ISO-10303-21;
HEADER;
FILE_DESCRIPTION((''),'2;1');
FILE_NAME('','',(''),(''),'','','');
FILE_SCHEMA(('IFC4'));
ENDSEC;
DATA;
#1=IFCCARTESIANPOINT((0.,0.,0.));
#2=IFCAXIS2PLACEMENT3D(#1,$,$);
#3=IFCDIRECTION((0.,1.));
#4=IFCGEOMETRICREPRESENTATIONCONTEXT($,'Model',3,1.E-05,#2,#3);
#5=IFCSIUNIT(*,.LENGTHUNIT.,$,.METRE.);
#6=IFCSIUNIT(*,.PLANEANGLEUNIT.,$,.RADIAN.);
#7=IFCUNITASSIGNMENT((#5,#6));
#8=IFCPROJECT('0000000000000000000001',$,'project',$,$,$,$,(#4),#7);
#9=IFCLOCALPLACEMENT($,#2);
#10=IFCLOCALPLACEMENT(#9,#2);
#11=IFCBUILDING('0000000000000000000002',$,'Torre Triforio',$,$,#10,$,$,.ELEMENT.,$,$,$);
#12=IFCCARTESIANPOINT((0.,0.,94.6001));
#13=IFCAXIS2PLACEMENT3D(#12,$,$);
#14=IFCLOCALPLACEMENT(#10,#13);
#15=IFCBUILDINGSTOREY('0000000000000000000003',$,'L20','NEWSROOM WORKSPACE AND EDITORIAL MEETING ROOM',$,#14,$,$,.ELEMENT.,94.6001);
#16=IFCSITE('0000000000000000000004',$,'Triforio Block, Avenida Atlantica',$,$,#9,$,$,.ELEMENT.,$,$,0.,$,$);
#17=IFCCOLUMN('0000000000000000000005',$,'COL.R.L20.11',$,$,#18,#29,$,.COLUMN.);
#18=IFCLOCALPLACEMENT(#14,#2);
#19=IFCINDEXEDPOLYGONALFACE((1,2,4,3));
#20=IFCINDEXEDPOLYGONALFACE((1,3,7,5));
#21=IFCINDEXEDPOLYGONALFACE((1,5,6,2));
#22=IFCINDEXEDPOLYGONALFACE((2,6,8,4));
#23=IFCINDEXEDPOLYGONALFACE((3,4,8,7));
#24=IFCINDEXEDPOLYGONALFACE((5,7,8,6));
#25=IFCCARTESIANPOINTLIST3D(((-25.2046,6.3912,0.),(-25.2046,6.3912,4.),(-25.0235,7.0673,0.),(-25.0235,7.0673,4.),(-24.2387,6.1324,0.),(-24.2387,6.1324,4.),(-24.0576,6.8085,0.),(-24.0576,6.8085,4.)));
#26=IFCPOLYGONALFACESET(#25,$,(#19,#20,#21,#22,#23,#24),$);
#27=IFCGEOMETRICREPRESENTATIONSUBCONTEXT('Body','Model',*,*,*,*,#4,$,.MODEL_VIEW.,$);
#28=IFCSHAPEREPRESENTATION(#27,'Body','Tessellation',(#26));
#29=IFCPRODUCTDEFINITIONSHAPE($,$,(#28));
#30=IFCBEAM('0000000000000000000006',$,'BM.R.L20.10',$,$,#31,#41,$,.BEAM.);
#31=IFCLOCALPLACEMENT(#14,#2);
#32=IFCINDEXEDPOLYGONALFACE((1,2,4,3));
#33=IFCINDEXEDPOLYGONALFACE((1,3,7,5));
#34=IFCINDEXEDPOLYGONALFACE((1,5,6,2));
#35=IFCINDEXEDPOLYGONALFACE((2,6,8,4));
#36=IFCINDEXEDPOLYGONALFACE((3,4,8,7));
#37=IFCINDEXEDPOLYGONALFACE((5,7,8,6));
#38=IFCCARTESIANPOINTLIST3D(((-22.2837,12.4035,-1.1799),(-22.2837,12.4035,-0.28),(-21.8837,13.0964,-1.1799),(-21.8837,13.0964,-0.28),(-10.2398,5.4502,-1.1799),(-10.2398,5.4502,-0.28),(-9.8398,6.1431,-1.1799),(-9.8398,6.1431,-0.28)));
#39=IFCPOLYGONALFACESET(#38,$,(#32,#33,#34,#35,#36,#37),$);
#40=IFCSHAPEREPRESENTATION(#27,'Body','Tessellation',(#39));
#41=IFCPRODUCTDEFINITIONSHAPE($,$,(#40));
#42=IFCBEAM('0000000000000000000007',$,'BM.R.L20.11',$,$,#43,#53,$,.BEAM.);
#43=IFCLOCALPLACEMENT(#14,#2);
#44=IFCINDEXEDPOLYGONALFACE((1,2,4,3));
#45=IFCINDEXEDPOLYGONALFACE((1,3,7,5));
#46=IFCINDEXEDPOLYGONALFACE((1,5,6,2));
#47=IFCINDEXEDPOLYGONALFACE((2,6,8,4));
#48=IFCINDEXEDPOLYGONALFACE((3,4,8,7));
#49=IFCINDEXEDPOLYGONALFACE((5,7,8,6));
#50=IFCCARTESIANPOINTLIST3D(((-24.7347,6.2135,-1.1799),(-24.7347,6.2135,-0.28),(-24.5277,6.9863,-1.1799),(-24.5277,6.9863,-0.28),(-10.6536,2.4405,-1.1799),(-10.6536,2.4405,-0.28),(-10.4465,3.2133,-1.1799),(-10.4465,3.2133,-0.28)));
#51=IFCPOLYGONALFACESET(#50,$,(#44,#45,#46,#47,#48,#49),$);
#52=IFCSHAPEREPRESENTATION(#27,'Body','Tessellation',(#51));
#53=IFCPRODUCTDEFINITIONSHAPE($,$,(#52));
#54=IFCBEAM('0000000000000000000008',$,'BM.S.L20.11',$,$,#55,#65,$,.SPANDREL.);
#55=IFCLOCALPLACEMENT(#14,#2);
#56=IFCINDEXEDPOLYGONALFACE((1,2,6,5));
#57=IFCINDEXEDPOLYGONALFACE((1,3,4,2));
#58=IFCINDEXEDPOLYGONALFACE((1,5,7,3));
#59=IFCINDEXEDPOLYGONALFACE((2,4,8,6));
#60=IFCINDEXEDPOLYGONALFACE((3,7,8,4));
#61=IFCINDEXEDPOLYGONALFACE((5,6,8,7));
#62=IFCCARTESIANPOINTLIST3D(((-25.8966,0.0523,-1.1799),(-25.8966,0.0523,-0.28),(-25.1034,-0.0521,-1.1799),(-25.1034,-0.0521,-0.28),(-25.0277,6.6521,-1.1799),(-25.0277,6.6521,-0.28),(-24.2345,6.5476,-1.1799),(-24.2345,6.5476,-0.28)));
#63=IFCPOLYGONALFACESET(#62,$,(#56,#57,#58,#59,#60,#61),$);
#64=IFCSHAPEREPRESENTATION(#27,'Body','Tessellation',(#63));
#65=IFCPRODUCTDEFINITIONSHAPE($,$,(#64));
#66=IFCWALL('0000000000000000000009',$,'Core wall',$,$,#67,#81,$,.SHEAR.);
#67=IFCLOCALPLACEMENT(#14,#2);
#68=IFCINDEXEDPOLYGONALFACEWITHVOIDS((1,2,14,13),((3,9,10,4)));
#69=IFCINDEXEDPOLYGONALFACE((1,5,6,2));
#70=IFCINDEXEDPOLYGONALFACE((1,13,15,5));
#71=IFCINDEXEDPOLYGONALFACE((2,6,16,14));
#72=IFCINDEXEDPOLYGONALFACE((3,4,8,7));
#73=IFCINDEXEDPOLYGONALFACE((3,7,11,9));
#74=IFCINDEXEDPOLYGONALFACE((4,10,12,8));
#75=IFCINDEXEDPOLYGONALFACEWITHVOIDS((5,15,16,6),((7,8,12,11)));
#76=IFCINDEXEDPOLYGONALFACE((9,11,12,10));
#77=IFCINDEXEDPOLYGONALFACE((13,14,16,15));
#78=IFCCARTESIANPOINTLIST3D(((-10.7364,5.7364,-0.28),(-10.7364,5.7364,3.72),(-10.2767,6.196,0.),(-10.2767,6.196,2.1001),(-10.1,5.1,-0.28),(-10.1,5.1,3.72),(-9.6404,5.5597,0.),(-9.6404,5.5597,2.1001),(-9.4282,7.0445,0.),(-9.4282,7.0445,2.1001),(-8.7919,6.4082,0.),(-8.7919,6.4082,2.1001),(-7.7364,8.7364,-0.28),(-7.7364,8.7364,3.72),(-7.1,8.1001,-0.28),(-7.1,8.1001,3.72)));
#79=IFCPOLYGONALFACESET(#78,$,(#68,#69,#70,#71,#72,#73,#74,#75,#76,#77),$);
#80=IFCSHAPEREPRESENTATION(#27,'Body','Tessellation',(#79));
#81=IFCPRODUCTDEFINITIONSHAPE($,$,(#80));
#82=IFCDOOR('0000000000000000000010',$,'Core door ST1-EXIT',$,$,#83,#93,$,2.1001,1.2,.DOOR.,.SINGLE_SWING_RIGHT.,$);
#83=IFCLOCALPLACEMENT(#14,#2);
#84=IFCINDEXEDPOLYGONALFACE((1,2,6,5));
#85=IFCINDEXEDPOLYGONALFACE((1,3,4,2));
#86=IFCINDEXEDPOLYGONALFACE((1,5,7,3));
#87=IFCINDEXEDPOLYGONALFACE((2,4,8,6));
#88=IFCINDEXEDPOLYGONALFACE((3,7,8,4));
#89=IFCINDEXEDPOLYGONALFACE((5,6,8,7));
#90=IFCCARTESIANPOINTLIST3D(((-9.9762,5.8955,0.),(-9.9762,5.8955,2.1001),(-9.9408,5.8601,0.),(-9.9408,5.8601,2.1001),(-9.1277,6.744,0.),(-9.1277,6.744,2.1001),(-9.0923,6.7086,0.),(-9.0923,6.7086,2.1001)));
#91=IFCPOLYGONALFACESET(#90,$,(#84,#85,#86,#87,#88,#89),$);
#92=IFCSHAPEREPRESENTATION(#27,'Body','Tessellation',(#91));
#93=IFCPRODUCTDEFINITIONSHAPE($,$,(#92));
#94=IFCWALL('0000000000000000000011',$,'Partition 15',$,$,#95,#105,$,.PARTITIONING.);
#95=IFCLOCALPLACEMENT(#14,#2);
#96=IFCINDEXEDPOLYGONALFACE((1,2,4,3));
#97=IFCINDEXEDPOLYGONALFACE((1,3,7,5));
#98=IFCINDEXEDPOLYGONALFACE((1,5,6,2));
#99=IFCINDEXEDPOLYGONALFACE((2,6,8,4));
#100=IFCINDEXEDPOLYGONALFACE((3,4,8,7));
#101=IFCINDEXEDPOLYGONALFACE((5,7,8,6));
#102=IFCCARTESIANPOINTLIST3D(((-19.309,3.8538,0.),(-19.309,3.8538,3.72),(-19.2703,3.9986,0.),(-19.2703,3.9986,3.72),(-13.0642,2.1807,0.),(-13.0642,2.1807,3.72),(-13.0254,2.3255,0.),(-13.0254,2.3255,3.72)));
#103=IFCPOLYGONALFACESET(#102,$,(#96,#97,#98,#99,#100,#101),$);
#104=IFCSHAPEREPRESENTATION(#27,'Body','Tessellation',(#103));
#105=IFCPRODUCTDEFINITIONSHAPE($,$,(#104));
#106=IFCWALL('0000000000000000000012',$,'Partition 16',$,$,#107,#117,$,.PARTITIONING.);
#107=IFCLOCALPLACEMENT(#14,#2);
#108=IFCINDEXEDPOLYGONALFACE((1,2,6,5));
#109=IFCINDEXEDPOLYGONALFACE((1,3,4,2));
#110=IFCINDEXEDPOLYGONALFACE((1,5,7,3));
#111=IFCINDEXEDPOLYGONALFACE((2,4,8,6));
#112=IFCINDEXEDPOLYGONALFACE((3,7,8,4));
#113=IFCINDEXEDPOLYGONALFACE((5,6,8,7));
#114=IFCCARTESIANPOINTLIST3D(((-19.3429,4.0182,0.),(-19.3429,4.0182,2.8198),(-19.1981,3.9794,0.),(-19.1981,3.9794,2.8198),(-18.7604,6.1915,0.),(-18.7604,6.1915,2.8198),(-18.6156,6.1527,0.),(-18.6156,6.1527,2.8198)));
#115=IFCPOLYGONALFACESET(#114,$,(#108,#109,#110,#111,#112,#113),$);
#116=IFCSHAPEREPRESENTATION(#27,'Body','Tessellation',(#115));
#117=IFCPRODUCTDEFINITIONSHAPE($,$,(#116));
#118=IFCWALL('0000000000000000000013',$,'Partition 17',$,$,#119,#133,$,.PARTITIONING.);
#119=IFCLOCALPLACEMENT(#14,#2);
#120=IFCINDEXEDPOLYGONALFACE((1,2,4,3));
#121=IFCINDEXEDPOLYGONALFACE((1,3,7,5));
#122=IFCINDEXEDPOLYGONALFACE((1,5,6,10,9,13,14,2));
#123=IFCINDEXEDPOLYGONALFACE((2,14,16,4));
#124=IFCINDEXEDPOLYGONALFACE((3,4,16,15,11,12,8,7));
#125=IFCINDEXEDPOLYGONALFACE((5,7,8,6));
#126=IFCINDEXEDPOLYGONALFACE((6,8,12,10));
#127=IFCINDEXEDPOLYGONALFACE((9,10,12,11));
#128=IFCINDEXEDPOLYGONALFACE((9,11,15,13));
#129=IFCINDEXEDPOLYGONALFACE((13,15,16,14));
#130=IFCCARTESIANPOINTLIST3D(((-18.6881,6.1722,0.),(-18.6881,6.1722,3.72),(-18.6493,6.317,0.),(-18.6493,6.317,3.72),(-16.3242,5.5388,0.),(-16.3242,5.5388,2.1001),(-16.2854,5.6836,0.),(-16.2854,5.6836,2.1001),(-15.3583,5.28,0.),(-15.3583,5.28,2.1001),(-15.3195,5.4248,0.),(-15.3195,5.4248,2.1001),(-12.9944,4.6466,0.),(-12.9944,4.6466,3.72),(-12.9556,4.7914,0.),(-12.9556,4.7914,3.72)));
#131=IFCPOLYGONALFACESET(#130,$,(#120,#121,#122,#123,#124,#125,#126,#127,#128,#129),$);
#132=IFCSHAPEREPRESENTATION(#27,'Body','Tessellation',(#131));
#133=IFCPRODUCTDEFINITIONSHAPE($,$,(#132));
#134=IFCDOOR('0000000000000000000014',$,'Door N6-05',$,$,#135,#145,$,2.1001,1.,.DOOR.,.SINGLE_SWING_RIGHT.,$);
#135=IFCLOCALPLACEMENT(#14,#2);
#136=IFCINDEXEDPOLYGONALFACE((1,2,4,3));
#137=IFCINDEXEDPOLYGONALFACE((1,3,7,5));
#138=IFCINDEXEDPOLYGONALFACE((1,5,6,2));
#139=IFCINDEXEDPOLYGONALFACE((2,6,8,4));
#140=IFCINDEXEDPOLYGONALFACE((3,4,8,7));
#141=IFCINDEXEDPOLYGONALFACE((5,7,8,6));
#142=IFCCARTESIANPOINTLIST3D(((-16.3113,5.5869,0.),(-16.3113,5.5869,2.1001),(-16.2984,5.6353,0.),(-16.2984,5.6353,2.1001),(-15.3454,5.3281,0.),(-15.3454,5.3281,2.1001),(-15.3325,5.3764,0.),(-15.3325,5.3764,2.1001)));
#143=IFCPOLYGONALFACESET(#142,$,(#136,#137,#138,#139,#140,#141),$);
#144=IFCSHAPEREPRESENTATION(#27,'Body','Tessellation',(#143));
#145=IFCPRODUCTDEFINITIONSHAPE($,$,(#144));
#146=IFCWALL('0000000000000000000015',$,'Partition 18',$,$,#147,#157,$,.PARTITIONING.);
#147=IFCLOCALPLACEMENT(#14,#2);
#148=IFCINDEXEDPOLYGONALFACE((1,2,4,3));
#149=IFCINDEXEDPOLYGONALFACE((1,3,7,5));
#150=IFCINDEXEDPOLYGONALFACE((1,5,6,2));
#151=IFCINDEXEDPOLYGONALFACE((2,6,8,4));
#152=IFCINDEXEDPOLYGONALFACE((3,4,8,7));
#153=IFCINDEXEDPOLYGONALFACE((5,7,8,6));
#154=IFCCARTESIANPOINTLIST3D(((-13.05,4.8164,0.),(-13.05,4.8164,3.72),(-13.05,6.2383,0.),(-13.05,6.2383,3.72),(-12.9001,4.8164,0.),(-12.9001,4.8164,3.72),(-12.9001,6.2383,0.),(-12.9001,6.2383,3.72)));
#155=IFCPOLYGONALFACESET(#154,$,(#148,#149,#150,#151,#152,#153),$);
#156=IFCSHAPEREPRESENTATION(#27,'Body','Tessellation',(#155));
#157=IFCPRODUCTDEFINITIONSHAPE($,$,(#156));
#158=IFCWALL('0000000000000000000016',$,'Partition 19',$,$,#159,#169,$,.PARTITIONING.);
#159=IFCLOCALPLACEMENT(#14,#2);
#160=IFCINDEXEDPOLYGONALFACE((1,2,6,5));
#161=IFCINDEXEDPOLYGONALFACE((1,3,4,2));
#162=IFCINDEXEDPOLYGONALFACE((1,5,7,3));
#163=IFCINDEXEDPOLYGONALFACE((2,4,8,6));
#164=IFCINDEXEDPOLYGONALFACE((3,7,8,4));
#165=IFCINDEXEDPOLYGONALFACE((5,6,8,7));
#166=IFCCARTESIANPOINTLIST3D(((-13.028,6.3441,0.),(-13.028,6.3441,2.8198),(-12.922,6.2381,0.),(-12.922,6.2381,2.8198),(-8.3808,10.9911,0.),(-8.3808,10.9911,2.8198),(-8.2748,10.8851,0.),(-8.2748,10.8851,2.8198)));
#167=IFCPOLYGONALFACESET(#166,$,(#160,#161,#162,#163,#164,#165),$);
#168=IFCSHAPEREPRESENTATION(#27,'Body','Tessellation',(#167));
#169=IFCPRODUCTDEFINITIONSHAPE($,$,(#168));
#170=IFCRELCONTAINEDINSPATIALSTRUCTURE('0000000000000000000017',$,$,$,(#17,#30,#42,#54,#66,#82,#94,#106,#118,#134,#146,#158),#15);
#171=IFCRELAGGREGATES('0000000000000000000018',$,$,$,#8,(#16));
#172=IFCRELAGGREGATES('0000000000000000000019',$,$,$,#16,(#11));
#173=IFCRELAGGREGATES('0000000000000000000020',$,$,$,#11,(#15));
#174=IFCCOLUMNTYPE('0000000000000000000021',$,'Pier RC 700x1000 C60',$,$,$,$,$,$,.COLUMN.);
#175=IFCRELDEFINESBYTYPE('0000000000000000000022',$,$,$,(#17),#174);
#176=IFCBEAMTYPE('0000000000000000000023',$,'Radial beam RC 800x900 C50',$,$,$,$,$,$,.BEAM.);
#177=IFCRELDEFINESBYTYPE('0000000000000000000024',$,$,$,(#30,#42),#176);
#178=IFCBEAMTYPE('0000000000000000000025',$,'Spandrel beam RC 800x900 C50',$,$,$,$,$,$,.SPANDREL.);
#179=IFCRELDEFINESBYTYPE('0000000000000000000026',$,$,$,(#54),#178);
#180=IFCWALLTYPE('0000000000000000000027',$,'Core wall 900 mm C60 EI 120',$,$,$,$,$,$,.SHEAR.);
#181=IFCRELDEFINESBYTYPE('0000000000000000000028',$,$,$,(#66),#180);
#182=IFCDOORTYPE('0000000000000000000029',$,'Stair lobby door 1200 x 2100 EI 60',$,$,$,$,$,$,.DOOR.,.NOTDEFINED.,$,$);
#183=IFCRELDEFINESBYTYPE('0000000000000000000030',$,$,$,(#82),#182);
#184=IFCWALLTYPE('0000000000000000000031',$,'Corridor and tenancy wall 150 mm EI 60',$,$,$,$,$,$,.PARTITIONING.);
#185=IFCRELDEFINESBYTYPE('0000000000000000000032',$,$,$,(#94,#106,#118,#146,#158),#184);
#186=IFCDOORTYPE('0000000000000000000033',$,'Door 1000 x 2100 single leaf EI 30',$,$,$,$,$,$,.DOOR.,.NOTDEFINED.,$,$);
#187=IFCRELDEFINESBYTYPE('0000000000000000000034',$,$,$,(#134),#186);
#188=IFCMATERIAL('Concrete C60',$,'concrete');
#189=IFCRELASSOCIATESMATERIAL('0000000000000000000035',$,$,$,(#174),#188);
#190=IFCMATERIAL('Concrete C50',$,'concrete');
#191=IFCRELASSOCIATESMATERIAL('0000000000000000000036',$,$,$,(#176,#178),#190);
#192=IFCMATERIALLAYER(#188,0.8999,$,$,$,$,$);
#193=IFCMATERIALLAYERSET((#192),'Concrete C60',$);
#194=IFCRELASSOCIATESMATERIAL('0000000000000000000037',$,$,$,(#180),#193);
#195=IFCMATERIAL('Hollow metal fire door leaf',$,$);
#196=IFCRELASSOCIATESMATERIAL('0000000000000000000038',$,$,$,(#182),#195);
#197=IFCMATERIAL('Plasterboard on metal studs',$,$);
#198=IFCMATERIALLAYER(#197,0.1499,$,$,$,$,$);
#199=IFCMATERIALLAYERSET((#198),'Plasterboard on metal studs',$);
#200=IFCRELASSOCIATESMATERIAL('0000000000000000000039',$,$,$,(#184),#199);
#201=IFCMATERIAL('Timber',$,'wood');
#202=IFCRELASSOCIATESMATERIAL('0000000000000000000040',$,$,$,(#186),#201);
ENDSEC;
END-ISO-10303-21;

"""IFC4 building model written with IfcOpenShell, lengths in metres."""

from ifc_helpers import new_model, si_unit, direction, frame, frame_2d, origin, origin_2d, place, context, subcontext, project, spatial, rectangle, extrude, material, layer, layer_set, material_profile, profile_set, type_object, element, fill, save


model = new_model("IFC4")

# Units and contexts
model_context = context("Model", 3, precision=1e-05, world=origin(), true_north=direction((0.0, 1.0)))
body_context = subcontext(model_context, "Body", "Model", "MODEL_VIEW")
ifc_project = project(units=[si_unit("LENGTHUNIT", "METRE"), si_unit("PLANEANGLEUNIT", "RADIAN")], contexts=[model_context])

# Site, building, storey
site_placement = place(None, origin())
site = spatial("IfcSite", under=ifc_project, at=site_placement, Name="Triforio Block, Avenida Atlantica", CompositionType="ELEMENT", RefElevation=0.0)
building_placement = place(site_placement, origin())
building = spatial("IfcBuilding", under=site, at=building_placement, Name="Torre Triforio", CompositionType="ELEMENT")
storey_placement = place(building_placement, frame((0.0, 0.0, 94.6001)))
storey = spatial("IfcBuildingStorey", under=building, at=storey_placement, Name="L20", Description="NEWSROOM WORKSPACE AND EDITORIAL MEETING ROOM", CompositionType="ELEMENT", Elevation=94.6001)

# Column
ifc_material_1 = material(Name="Concrete C60", Category="concrete")
ifc_material_profile_1 = material_profile(ifc_material_1, rectangle(XDim=0.7, YDim=1.0, at=origin_2d()), Name="RC 700x1000")
ifc_profile_set_1 = profile_set([ifc_material_profile_1], Name="Concrete C60")
column_type = type_object("IfcColumnType", Name="Pier RC 700x1000 C60", PredefinedType="COLUMN", material=ifc_profile_set_1)
column_placement = place(storey_placement, frame((-24.6311, 6.5999, 0.0), z_axis=(0.0, 0.0, 1.0), x_axis=(-0.258819, -0.965926, 0.0)))
element("IfcColumn", 1, at=column_placement, inside=storey, type_object=column_type, Name="COL.R.L20.11", PredefinedType="COLUMN", context=body_context, shape_type="SweptSolid", body=[
    extrude(rectangle(XDim=0.7, YDim=1.0, at=origin_2d()), origin(), (0.0, 0.0, 1.0), 4.0),
])

# Beams
ifc_material_2 = material(Name="Concrete C50", Category="concrete")
ifc_material_profile_2 = material_profile(ifc_material_2, rectangle(XDim=0.8, YDim=0.8999, at=origin_2d()), Name="RC 800x900")
ifc_profile_set_2 = profile_set([ifc_material_profile_2], Name="Concrete C50")
beam_type_1 = type_object("IfcBeamType", Name="Radial beam RC 800x900 C50", PredefinedType="BEAM", material=ifc_profile_set_2)
beam_1_placement = place(storey_placement, frame((-10.0398, 5.7966, -0.73), z_axis=(-0.866032, 0.499989, 0.0), x_axis=(-0.499989, -0.866032, 0.0)))
element("IfcBeam", 2, at=beam_1_placement, inside=storey, type_object=beam_type_1, Name="BM.R.L20.10", PredefinedType="BEAM", context=body_context, shape_type="SweptSolid", body=[
    extrude(rectangle(XDim=0.8, YDim=0.8999, at=origin_2d()), origin(), (0.0, 0.0, 1.0), 13.907),
])
beam_2_placement = place(storey_placement, frame((-10.55, 2.8269, -0.73), z_axis=(-0.965927, 0.258815, 0.0), x_axis=(-0.258815, -0.965927, 0.0)))
element("IfcBeam", 3, at=beam_2_placement, inside=storey, type_object=beam_type_1, Name="BM.R.L20.11", PredefinedType="BEAM", context=body_context, shape_type="SweptSolid", body=[
    extrude(rectangle(XDim=0.8, YDim=0.8999, at=origin_2d()), origin(), (0.0, 0.0, 1.0), 14.5779),
])
ifc_material_profile_3 = material_profile(ifc_material_2, rectangle(XDim=0.8, YDim=0.8999, at=origin_2d()), Name="RC 800x900")
ifc_profile_set_3 = profile_set([ifc_material_profile_3], Name="Concrete C50")
beam_type_2 = type_object("IfcBeamType", Name="Spandrel beam RC 800x900 C50", PredefinedType="SPANDREL", material=ifc_profile_set_3)
beam_3_placement = place(storey_placement, frame((-24.6311, 6.5999, -0.73), z_axis=(-0.130528, -0.991445, 0.0), x_axis=(0.991445, -0.130528, 0.0)))
element("IfcBeam", 4, at=beam_3_placement, inside=storey, type_object=beam_type_2, Name="BM.S.L20.11", PredefinedType="SPANDREL", context=body_context, shape_type="SweptSolid", body=[
    extrude(rectangle(XDim=0.8, YDim=0.8999, at=origin_2d()), origin(), (0.0, 0.0, 1.0), 6.6567),
])

# Wall, opening, door
ifc_layer_1 = layer(ifc_material_1, 0.8999)
ifc_layer_set_1 = layer_set([ifc_layer_1], Name="Concrete C60")
wall_type_1 = type_object("IfcWallType", Name="Core wall 900 mm C60 EI 120", PredefinedType="SHEAR", material=ifc_layer_set_1)
wall_1_placement = place(storey_placement, frame((-10.4182, 5.4182, -0.28), z_axis=(0.0, 0.0, 1.0), x_axis=(0.707107, 0.707107, 0.0)))
wall_1 = element("IfcWall", 5, at=wall_1_placement, inside=storey, type_object=wall_type_1, Name="Core wall", PredefinedType="SHEAR", context=body_context, shape_type="SweptSolid", body=[
    extrude(rectangle(XDim=4.2427, YDim=0.8999, at=frame_2d((2.1213, 0.0))), origin(), (0.0, 0.0, 1.0), 4.0),
])
opening_1_placement = place(wall_1_placement, frame((0.6499, 0.0, 0.28)))
opening_1 = element("IfcOpeningElement", 6, at=opening_1_placement, cuts=wall_1, PredefinedType="OPENING", context=body_context, shape_type="SweptSolid", body=[
    extrude(rectangle(XDim=1.2, YDim=2.1001, at=frame_2d((0.6001, 1.05))), frame((0.0, 0.46, 0.0), z_axis=(0.0, -1.0, 0.0), x_axis=(1.0, 0.0, 0.0)), (0.0, 0.0, 1.0), 0.9199),
])
ifc_material_3 = material(Name="Hollow metal fire door leaf")
door_type_1 = type_object("IfcDoorType", Name="Stair lobby door 1200 x 2100 EI 60", OperationType="NOTDEFINED", PredefinedType="DOOR", material=ifc_material_3)
door_1_placement = place(opening_1_placement, origin())
door_1 = element("IfcDoor", 7, at=door_1_placement, inside=storey, type_object=door_type_1, Name="Core door ST1-EXIT", OperationType="SINGLE_SWING_RIGHT", OverallHeight=2.1001, OverallWidth=1.2, PredefinedType="DOOR", context=body_context, shape_type="SweptSolid", body=[
    extrude(rectangle(XDim=1.2, YDim=2.1001, at=frame_2d((0.6001, 1.05))), frame((0.0, 0.0249, 0.0), z_axis=(0.0, -1.0, 0.0), x_axis=(1.0, 0.0, 0.0)), (0.0, 0.0, 1.0), 0.05),
])
fill(opening_1, door_1)

# Walls
ifc_material_4 = material(Name="Plasterboard on metal studs")
ifc_layer_2 = layer(ifc_material_4, 0.1499)
ifc_layer_set_2 = layer_set([ifc_layer_2], Name="Plasterboard on metal studs")
wall_type_2 = type_object("IfcWallType", Name="Corridor and tenancy wall 150 mm EI 60", PredefinedType="PARTITIONING", material=ifc_layer_set_2)
wall_2_placement = place(storey_placement, frame((-13.0449, 2.2532, 0.0), z_axis=(0.0, 0.0, 1.0), x_axis=(-0.965934, 0.258788, 0.0)))
element("IfcWall", 8, at=wall_2_placement, inside=storey, type_object=wall_type_2, Name="Partition 15", PredefinedType="PARTITIONING", context=body_context, shape_type="SweptSolid", body=[
    extrude(rectangle(XDim=6.4651, YDim=0.1499, at=frame_2d((3.2324, 0.0))), origin(), (0.0, 0.0, 1.0), 3.72),
])
wall_3_placement = place(storey_placement, frame((-19.2705, 3.9988, 0.0), z_axis=(0.0, 0.0, 1.0), x_axis=(0.258892, 0.965906, 0.0)))
element("IfcWall", 9, at=wall_3_placement, inside=storey, type_object=wall_type_2, Name="Partition 16", PredefinedType="PARTITIONING", context=body_context, shape_type="SweptSolid", body=[
    extrude(rectangle(XDim=2.25, YDim=0.1499, at=frame_2d((1.125, 0.0))), origin(), (0.0, 0.0, 1.0), 2.8198),
])

# Wall, opening, door
wall_4_placement = place(storey_placement, frame((-18.6687, 6.2446, 0.0), z_axis=(0.0, 0.0, 1.0), x_axis=(0.965924, -0.258825, 0.0)))
wall_4 = element("IfcWall", 10, at=wall_4_placement, inside=storey, type_object=wall_type_2, Name="Partition 17", PredefinedType="PARTITIONING", context=body_context, shape_type="SweptSolid", body=[
    extrude(rectangle(XDim=5.8945, YDim=0.1499, at=frame_2d((2.9473, 0.0))), origin(), (0.0, 0.0, 1.0), 3.72),
])
opening_2_placement = place(wall_4_placement, frame((2.4473, 0.0, 0.0)))
opening_2 = element("IfcOpeningElement", 11, at=opening_2_placement, cuts=wall_4, PredefinedType="OPENING", context=body_context, shape_type="SweptSolid", body=[
    extrude(rectangle(XDim=1.0, YDim=2.1001, at=frame_2d((0.5, 1.05))), frame((0.0, 0.085, 0.0), z_axis=(0.0, -1.0, 0.0), x_axis=(1.0, 0.0, 0.0)), (0.0, 0.0, 1.0), 0.1699),
])
ifc_material_5 = material(Name="Timber", Category="wood")
door_type_2 = type_object("IfcDoorType", Name="Door 1000 x 2100 single leaf EI 30", OperationType="NOTDEFINED", PredefinedType="DOOR", material=ifc_material_5)
door_2_placement = place(opening_2_placement, origin())
door_2 = element("IfcDoor", 12, at=door_2_placement, inside=storey, type_object=door_type_2, Name="Door N6-05", OperationType="SINGLE_SWING_RIGHT", OverallHeight=2.1001, OverallWidth=1.0, PredefinedType="DOOR", context=body_context, shape_type="SweptSolid", body=[
    extrude(rectangle(XDim=1.0, YDim=2.1001, at=frame_2d((0.5, 1.05))), frame((0.0, 0.0249, 0.0), z_axis=(0.0, -1.0, 0.0), x_axis=(1.0, 0.0, 0.0)), (0.0, 0.0, 1.0), 0.05),
])
fill(opening_2, door_2)

# Walls
wall_5_placement = place(storey_placement, frame((-12.9751, 4.8164, 0.0), z_axis=(0.0, 0.0, 1.0), x_axis=(0.0, 1.0, 0.0)))
element("IfcWall", 13, at=wall_5_placement, inside=storey, type_object=wall_type_2, Name="Partition 18", PredefinedType="PARTITIONING", context=body_context, shape_type="SweptSolid", body=[
    extrude(rectangle(XDim=1.4219, YDim=0.1499, at=frame_2d((0.7109, 0.0))), origin(), (0.0, 0.0, 1.0), 3.72),
])
wall_6_placement = place(storey_placement, frame((-12.9751, 6.291, 0.0), z_axis=(0.0, 0.0, 1.0), x_axis=(0.707125, 0.707088, 0.0)))
element("IfcWall", 14, at=wall_6_placement, inside=storey, type_object=wall_type_2, Name="Partition 19", PredefinedType="PARTITIONING", context=body_context, shape_type="SweptSolid", body=[
    extrude(rectangle(XDim=6.572, YDim=0.1499, at=frame_2d((3.2861, 0.0))), origin(), (0.0, 0.0, 1.0), 2.8198),
])

save(model, "model.ifc")
